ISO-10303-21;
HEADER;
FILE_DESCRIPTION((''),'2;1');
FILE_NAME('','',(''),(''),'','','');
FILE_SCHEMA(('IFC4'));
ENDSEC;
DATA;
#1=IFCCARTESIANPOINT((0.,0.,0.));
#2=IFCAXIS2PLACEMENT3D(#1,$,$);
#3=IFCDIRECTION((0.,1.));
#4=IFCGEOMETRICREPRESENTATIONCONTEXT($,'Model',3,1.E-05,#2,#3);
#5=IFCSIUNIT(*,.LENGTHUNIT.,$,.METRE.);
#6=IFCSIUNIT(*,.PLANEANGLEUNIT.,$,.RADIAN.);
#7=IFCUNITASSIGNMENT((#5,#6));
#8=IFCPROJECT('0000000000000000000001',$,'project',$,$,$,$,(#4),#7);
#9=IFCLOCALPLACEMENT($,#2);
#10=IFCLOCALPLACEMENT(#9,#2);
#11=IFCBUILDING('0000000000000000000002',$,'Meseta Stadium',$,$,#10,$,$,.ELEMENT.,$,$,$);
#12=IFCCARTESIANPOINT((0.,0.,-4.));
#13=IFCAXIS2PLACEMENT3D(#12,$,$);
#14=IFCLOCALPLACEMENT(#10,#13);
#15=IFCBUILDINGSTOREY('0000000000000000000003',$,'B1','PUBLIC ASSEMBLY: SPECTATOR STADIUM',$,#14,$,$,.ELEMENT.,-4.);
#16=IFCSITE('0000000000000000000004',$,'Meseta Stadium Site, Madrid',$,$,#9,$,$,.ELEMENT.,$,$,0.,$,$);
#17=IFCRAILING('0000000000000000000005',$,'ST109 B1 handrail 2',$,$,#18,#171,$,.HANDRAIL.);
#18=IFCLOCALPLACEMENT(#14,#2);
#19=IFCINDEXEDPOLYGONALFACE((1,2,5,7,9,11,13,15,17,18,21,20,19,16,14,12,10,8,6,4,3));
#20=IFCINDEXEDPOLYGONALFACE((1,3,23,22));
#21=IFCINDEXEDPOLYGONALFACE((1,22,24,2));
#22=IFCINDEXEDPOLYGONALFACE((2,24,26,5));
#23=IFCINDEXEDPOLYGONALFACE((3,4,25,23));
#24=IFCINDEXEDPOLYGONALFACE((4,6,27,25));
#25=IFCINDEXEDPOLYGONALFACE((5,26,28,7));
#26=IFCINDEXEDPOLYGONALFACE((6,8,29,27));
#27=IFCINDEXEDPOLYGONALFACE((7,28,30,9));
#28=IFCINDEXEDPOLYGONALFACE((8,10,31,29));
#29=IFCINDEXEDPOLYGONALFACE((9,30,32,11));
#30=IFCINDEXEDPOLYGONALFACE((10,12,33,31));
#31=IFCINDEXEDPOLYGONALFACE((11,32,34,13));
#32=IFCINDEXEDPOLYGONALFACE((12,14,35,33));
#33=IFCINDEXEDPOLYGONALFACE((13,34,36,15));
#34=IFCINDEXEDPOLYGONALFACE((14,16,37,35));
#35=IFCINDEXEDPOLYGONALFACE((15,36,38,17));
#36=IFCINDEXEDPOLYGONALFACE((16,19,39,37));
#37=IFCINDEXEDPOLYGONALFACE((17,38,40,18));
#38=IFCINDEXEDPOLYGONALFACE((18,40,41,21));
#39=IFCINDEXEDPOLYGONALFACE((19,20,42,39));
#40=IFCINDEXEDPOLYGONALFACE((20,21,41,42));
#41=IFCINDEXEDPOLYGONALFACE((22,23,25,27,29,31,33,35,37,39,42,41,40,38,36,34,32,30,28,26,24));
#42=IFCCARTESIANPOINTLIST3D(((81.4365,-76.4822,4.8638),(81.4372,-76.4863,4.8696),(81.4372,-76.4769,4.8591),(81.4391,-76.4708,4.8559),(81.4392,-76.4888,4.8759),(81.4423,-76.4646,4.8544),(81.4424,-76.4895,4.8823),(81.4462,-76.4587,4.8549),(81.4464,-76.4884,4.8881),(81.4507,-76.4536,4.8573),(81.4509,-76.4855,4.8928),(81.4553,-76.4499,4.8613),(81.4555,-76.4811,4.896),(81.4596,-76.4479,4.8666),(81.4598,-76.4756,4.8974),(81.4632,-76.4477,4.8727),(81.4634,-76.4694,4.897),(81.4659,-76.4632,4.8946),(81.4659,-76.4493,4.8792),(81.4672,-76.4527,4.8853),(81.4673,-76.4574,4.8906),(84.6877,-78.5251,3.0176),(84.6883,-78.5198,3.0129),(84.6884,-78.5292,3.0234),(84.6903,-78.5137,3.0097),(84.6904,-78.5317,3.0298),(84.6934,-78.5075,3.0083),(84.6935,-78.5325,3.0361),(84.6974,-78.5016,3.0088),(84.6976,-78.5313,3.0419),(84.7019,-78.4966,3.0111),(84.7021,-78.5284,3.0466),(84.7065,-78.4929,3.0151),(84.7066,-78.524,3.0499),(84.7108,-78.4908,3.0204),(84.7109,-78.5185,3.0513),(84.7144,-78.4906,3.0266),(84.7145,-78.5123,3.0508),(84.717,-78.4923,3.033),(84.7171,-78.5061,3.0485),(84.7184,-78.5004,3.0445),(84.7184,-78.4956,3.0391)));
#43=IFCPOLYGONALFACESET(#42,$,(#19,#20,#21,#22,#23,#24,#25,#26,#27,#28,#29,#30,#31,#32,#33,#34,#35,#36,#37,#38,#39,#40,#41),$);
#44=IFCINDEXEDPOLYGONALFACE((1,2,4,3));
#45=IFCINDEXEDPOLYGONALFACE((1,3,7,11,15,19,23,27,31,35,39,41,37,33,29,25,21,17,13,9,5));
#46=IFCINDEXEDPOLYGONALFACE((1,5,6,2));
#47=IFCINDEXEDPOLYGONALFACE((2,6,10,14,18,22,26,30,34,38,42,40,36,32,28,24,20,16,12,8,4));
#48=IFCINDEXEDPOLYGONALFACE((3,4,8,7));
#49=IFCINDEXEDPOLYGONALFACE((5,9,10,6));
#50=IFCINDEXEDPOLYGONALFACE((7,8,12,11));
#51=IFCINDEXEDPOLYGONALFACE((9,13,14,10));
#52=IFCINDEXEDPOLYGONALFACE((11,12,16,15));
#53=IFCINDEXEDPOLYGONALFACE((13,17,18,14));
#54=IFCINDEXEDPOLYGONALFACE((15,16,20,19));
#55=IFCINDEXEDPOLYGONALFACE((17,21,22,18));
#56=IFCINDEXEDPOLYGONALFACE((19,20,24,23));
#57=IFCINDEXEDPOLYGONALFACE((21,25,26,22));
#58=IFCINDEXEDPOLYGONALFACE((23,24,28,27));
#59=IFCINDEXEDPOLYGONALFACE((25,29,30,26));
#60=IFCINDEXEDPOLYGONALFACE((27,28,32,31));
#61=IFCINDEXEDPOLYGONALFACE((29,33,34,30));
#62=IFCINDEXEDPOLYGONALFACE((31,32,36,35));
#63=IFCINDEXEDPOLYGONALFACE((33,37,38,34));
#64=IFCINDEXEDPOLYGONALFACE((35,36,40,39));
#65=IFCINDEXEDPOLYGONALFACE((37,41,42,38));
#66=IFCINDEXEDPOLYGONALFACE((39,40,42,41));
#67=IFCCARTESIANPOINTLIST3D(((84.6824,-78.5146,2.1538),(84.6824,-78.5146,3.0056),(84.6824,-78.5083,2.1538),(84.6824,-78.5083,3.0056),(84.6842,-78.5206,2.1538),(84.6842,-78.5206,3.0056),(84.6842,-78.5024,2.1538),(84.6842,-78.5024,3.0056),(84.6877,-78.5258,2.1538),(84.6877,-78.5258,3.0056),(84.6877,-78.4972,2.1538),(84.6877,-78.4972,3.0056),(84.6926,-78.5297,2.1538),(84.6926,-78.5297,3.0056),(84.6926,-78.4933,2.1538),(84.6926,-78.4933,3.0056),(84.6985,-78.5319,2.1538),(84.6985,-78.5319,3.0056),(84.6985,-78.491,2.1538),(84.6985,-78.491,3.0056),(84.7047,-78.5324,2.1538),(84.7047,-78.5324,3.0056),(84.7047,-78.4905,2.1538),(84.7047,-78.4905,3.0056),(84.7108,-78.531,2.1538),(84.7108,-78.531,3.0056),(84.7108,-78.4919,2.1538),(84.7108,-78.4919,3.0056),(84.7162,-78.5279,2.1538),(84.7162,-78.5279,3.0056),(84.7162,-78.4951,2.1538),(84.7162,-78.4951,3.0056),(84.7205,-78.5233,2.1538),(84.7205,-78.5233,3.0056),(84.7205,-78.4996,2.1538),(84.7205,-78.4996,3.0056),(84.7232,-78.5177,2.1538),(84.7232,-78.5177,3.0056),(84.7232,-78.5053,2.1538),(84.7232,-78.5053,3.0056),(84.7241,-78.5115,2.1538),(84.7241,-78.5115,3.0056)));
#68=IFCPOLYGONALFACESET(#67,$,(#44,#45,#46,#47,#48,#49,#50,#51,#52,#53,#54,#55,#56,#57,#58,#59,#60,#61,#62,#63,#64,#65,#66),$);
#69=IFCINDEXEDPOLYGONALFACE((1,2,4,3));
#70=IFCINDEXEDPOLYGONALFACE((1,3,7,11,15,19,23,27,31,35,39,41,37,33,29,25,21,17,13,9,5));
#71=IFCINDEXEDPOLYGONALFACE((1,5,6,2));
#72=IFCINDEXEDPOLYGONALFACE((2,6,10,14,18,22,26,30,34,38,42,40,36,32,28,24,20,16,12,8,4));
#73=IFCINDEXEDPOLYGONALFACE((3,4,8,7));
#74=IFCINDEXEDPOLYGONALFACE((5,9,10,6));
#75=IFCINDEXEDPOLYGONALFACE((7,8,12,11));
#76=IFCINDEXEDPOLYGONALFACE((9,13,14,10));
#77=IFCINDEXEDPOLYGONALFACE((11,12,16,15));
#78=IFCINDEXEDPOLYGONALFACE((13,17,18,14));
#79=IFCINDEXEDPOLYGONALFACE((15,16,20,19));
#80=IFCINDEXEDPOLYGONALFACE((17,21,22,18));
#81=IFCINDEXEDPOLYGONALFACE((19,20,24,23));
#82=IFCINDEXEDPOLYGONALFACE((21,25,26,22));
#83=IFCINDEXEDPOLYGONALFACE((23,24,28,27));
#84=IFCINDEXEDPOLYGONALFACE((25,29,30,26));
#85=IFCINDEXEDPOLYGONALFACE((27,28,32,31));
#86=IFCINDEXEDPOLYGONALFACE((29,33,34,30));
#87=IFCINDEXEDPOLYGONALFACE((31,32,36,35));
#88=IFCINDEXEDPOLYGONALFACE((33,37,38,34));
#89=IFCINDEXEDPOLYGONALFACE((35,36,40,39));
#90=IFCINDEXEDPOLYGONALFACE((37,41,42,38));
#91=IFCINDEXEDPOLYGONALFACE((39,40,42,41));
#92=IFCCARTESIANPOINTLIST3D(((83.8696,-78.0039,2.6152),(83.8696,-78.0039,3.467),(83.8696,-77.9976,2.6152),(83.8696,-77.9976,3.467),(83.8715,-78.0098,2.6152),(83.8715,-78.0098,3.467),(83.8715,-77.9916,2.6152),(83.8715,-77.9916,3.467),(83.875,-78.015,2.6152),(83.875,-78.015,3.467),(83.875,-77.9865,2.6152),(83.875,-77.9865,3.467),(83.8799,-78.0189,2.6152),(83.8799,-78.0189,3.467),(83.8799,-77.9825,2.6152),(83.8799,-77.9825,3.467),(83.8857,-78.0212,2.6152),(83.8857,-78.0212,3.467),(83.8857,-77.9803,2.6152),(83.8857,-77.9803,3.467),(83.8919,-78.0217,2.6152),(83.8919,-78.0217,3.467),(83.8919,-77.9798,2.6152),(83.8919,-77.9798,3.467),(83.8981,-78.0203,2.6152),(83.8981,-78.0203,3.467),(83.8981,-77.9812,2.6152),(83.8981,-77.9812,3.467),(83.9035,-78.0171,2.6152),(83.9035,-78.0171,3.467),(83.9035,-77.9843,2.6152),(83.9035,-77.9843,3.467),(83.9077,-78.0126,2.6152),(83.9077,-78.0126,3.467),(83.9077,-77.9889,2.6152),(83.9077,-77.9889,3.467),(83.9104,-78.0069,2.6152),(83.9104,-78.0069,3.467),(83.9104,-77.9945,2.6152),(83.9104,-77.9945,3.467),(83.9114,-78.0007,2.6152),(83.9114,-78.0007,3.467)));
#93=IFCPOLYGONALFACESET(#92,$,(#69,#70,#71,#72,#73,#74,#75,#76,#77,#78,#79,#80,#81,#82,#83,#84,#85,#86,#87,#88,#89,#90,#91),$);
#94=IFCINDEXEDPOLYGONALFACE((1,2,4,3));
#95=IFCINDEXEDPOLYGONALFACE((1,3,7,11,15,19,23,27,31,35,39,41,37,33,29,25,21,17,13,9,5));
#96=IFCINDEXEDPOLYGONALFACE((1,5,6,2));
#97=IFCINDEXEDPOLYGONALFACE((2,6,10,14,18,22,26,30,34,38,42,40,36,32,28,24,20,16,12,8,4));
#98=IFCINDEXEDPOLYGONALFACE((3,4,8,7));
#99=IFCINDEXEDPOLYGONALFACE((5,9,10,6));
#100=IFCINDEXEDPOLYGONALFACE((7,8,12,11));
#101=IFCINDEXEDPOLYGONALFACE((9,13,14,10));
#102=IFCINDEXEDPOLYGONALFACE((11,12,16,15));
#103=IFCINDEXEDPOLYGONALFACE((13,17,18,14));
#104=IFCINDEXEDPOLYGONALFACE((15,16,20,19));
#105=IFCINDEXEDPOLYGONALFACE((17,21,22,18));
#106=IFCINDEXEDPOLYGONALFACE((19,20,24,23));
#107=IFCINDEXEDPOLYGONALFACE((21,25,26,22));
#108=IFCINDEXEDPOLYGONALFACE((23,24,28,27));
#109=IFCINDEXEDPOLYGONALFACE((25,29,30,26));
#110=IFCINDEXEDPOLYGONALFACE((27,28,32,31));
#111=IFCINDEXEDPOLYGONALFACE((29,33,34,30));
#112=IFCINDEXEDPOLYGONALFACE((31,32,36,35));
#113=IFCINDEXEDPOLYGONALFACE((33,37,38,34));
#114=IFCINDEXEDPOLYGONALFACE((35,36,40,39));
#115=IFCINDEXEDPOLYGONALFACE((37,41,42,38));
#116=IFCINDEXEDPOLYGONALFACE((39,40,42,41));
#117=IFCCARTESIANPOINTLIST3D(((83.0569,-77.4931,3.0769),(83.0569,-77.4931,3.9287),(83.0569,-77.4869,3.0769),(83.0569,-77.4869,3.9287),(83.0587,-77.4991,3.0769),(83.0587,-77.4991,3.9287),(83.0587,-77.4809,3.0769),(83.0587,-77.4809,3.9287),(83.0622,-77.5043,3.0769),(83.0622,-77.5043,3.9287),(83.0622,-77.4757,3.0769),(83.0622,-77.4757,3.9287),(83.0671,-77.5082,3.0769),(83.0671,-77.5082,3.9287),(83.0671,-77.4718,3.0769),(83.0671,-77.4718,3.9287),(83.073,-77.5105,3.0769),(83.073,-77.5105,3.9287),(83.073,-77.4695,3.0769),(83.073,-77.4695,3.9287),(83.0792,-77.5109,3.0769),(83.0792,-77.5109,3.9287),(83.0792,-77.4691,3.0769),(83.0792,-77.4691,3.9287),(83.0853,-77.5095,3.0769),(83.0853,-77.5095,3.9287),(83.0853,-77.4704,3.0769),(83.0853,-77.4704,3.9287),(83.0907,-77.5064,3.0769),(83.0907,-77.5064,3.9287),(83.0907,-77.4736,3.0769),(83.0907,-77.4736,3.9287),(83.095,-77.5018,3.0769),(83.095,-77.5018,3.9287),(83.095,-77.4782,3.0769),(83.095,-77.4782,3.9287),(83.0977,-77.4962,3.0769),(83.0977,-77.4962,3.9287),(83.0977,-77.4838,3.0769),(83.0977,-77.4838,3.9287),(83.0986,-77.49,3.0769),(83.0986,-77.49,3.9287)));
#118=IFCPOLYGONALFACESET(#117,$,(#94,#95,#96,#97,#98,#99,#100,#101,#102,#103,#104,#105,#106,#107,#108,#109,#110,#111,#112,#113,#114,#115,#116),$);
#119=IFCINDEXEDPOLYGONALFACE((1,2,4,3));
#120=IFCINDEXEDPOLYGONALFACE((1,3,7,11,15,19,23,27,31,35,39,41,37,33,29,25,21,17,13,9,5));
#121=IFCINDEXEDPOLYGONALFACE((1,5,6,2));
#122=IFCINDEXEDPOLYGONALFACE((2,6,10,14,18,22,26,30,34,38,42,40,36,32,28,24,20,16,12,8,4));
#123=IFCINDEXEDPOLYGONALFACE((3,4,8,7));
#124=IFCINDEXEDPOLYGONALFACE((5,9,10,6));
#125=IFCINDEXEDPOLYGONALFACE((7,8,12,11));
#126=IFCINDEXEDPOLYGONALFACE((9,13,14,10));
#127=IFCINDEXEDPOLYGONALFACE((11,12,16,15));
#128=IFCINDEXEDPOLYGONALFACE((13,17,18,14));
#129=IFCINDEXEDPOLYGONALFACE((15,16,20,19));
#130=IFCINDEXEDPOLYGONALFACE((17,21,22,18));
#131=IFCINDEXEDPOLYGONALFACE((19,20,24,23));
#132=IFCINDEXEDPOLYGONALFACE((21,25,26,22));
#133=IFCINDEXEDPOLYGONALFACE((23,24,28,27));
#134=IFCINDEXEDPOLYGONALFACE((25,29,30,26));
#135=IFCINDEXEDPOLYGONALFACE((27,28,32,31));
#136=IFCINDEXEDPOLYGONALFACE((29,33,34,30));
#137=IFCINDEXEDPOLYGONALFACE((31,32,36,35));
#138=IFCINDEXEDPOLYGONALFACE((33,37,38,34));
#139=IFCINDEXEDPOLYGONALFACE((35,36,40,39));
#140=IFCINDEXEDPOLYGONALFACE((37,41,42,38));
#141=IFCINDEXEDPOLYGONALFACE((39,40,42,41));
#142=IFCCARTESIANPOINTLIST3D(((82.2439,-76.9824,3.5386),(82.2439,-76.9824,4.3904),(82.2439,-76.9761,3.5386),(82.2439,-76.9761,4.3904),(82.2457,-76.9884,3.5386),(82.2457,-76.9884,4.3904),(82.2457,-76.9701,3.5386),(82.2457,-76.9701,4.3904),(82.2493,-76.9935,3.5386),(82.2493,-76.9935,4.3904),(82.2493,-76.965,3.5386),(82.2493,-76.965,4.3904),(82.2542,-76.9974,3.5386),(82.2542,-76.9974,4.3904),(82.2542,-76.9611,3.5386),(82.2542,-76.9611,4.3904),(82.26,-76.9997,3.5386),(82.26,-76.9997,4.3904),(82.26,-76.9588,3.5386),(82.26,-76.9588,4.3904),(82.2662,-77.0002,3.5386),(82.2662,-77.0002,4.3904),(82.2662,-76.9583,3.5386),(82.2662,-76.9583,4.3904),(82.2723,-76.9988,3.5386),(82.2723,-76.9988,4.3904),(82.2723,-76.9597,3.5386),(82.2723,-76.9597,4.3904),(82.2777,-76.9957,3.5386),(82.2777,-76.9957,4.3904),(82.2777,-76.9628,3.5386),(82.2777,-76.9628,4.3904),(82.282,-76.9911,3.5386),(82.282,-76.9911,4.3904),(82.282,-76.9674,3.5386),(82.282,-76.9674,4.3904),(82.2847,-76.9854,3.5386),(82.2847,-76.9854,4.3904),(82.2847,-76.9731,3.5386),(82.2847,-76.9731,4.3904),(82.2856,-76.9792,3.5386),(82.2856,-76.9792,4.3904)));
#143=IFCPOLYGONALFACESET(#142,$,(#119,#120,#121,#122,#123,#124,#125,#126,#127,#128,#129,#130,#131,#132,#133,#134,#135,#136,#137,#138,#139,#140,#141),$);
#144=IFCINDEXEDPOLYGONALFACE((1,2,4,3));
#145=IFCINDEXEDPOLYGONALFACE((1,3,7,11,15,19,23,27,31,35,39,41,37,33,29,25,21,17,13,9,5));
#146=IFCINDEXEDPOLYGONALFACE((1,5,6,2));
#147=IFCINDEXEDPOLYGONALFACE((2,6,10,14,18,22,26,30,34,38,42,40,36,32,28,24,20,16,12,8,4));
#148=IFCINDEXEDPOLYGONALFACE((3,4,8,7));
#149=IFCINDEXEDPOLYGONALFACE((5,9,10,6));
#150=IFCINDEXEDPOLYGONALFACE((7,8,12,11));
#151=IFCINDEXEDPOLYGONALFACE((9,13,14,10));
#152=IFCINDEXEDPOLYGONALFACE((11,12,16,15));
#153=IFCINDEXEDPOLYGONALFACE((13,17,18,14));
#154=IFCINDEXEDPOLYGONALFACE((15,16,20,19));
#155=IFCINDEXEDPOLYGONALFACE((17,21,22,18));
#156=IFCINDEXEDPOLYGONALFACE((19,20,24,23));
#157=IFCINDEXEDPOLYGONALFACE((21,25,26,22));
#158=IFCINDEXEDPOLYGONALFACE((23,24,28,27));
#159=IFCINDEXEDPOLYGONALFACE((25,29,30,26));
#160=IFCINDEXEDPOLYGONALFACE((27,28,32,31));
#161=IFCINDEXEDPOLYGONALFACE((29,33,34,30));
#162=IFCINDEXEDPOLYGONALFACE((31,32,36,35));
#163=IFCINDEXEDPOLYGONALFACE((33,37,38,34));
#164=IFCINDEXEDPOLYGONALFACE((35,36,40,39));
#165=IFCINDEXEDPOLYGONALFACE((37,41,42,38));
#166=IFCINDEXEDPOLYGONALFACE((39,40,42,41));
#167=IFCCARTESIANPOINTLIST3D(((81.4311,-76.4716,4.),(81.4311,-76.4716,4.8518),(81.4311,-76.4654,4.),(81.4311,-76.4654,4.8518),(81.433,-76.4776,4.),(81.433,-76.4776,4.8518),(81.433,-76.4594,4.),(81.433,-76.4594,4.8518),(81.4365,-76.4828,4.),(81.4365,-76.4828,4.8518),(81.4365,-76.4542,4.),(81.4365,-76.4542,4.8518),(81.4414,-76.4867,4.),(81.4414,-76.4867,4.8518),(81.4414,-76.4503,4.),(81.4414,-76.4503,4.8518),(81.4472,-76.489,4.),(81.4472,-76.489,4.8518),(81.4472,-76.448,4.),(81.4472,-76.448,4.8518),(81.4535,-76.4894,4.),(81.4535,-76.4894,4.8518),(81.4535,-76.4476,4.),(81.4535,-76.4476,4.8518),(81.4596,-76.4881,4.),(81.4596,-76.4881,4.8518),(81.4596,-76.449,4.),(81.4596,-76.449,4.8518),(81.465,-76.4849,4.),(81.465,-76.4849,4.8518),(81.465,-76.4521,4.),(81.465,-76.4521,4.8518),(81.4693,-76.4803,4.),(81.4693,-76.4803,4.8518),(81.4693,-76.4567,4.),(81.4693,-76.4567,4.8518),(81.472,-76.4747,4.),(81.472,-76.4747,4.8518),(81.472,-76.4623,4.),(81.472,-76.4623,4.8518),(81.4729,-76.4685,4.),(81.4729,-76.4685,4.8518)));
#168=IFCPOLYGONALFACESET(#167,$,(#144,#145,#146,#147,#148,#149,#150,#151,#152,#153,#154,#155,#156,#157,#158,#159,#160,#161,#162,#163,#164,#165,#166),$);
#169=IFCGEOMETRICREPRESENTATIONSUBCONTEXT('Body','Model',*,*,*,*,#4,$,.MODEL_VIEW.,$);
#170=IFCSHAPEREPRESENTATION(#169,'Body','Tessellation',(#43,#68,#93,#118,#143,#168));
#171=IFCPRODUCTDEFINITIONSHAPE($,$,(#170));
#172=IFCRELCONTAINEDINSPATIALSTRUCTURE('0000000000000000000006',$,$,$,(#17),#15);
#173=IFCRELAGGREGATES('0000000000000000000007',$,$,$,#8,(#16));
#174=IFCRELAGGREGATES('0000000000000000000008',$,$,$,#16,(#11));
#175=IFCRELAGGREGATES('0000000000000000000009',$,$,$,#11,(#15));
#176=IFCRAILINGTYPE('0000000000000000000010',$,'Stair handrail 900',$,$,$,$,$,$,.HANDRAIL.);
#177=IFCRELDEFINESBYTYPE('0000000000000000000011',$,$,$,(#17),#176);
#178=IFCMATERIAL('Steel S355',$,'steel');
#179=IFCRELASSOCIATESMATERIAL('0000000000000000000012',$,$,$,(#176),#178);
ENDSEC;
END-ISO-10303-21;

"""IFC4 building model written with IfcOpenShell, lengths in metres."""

from ifc_helpers import new_model, si_unit, direction, frame, origin, origin_2d, place, context, subcontext, project, spatial, circle, extrude, material, type_object, element, save


model = new_model("IFC4")

# Units and contexts
model_context = context("Model", 3, precision=1e-05, world=origin(), true_north=direction((0.0, 1.0)))
body_context = subcontext(model_context, "Body", "Model", "MODEL_VIEW")
ifc_project = project(units=[si_unit("LENGTHUNIT", "METRE"), si_unit("PLANEANGLEUNIT", "RADIAN")], contexts=[model_context])

# Site, building, storey
site_placement = place(None, origin())
site = spatial("IfcSite", under=ifc_project, at=site_placement, Name="Meseta Stadium Site, Madrid", CompositionType="ELEMENT", RefElevation=0.0)
building_placement = place(site_placement, origin())
building = spatial("IfcBuilding", under=site, at=building_placement, Name="Meseta Stadium", CompositionType="ELEMENT")
storey_placement = place(building_placement, frame((0.0, 0.0, -4.0)))
storey = spatial("IfcBuildingStorey", under=building, at=storey_placement, Name="B1", Description="PUBLIC ASSEMBLY: SPECTATOR STADIUM", CompositionType="ELEMENT", Elevation=-4.0)

# Railing
ifc_material_1 = material(Name="Steel S355", Category="steel")
railing_type_1 = type_object("IfcRailingType", Name="Stair handrail 900", PredefinedType="HANDRAIL", material=ifc_material_1)
railing_1_placement = place(storey_placement, frame((84.7031, -78.5115, 2.1538)))
element("IfcRailing", 1, at=railing_1_placement, inside=storey, type_object=railing_type_1, Name="ST109 B1 handrail 2", PredefinedType="HANDRAIL", context=body_context, shape_type="SweptSolid", body=[
    extrude(circle(Radius=0.0239, at=origin_2d()), frame((0.0, 0.0, 0.876), z_axis=(-0.763093, 0.479504, 0.433319), x_axis=(-0.532049, -0.846713, 0.0)), (0.0, 0.0, 1.0), 4.2605),
    extrude(circle(Radius=0.021, at=origin_2d()), origin(), (0.0, 0.0, 1.0), 0.8518),
    extrude(circle(Radius=0.021, at=origin_2d()), frame((-0.8127, 0.5107, 0.4614)), (0.0, 0.0, 1.0), 0.8518),
    extrude(circle(Radius=0.021, at=origin_2d()), frame((-1.6255, 1.0215, 0.9231)), (0.0, 0.0, 1.0), 0.8518),
    extrude(circle(Radius=0.021, at=origin_2d()), frame((-2.4385, 1.5322, 1.3848)), (0.0, 0.0, 1.0), 0.8518),
    extrude(circle(Radius=0.021, at=origin_2d()), frame((-3.2512, 2.043, 1.8462)), (0.0, 0.0, 1.0), 0.8518),
])

save(model, "model.ifc")
